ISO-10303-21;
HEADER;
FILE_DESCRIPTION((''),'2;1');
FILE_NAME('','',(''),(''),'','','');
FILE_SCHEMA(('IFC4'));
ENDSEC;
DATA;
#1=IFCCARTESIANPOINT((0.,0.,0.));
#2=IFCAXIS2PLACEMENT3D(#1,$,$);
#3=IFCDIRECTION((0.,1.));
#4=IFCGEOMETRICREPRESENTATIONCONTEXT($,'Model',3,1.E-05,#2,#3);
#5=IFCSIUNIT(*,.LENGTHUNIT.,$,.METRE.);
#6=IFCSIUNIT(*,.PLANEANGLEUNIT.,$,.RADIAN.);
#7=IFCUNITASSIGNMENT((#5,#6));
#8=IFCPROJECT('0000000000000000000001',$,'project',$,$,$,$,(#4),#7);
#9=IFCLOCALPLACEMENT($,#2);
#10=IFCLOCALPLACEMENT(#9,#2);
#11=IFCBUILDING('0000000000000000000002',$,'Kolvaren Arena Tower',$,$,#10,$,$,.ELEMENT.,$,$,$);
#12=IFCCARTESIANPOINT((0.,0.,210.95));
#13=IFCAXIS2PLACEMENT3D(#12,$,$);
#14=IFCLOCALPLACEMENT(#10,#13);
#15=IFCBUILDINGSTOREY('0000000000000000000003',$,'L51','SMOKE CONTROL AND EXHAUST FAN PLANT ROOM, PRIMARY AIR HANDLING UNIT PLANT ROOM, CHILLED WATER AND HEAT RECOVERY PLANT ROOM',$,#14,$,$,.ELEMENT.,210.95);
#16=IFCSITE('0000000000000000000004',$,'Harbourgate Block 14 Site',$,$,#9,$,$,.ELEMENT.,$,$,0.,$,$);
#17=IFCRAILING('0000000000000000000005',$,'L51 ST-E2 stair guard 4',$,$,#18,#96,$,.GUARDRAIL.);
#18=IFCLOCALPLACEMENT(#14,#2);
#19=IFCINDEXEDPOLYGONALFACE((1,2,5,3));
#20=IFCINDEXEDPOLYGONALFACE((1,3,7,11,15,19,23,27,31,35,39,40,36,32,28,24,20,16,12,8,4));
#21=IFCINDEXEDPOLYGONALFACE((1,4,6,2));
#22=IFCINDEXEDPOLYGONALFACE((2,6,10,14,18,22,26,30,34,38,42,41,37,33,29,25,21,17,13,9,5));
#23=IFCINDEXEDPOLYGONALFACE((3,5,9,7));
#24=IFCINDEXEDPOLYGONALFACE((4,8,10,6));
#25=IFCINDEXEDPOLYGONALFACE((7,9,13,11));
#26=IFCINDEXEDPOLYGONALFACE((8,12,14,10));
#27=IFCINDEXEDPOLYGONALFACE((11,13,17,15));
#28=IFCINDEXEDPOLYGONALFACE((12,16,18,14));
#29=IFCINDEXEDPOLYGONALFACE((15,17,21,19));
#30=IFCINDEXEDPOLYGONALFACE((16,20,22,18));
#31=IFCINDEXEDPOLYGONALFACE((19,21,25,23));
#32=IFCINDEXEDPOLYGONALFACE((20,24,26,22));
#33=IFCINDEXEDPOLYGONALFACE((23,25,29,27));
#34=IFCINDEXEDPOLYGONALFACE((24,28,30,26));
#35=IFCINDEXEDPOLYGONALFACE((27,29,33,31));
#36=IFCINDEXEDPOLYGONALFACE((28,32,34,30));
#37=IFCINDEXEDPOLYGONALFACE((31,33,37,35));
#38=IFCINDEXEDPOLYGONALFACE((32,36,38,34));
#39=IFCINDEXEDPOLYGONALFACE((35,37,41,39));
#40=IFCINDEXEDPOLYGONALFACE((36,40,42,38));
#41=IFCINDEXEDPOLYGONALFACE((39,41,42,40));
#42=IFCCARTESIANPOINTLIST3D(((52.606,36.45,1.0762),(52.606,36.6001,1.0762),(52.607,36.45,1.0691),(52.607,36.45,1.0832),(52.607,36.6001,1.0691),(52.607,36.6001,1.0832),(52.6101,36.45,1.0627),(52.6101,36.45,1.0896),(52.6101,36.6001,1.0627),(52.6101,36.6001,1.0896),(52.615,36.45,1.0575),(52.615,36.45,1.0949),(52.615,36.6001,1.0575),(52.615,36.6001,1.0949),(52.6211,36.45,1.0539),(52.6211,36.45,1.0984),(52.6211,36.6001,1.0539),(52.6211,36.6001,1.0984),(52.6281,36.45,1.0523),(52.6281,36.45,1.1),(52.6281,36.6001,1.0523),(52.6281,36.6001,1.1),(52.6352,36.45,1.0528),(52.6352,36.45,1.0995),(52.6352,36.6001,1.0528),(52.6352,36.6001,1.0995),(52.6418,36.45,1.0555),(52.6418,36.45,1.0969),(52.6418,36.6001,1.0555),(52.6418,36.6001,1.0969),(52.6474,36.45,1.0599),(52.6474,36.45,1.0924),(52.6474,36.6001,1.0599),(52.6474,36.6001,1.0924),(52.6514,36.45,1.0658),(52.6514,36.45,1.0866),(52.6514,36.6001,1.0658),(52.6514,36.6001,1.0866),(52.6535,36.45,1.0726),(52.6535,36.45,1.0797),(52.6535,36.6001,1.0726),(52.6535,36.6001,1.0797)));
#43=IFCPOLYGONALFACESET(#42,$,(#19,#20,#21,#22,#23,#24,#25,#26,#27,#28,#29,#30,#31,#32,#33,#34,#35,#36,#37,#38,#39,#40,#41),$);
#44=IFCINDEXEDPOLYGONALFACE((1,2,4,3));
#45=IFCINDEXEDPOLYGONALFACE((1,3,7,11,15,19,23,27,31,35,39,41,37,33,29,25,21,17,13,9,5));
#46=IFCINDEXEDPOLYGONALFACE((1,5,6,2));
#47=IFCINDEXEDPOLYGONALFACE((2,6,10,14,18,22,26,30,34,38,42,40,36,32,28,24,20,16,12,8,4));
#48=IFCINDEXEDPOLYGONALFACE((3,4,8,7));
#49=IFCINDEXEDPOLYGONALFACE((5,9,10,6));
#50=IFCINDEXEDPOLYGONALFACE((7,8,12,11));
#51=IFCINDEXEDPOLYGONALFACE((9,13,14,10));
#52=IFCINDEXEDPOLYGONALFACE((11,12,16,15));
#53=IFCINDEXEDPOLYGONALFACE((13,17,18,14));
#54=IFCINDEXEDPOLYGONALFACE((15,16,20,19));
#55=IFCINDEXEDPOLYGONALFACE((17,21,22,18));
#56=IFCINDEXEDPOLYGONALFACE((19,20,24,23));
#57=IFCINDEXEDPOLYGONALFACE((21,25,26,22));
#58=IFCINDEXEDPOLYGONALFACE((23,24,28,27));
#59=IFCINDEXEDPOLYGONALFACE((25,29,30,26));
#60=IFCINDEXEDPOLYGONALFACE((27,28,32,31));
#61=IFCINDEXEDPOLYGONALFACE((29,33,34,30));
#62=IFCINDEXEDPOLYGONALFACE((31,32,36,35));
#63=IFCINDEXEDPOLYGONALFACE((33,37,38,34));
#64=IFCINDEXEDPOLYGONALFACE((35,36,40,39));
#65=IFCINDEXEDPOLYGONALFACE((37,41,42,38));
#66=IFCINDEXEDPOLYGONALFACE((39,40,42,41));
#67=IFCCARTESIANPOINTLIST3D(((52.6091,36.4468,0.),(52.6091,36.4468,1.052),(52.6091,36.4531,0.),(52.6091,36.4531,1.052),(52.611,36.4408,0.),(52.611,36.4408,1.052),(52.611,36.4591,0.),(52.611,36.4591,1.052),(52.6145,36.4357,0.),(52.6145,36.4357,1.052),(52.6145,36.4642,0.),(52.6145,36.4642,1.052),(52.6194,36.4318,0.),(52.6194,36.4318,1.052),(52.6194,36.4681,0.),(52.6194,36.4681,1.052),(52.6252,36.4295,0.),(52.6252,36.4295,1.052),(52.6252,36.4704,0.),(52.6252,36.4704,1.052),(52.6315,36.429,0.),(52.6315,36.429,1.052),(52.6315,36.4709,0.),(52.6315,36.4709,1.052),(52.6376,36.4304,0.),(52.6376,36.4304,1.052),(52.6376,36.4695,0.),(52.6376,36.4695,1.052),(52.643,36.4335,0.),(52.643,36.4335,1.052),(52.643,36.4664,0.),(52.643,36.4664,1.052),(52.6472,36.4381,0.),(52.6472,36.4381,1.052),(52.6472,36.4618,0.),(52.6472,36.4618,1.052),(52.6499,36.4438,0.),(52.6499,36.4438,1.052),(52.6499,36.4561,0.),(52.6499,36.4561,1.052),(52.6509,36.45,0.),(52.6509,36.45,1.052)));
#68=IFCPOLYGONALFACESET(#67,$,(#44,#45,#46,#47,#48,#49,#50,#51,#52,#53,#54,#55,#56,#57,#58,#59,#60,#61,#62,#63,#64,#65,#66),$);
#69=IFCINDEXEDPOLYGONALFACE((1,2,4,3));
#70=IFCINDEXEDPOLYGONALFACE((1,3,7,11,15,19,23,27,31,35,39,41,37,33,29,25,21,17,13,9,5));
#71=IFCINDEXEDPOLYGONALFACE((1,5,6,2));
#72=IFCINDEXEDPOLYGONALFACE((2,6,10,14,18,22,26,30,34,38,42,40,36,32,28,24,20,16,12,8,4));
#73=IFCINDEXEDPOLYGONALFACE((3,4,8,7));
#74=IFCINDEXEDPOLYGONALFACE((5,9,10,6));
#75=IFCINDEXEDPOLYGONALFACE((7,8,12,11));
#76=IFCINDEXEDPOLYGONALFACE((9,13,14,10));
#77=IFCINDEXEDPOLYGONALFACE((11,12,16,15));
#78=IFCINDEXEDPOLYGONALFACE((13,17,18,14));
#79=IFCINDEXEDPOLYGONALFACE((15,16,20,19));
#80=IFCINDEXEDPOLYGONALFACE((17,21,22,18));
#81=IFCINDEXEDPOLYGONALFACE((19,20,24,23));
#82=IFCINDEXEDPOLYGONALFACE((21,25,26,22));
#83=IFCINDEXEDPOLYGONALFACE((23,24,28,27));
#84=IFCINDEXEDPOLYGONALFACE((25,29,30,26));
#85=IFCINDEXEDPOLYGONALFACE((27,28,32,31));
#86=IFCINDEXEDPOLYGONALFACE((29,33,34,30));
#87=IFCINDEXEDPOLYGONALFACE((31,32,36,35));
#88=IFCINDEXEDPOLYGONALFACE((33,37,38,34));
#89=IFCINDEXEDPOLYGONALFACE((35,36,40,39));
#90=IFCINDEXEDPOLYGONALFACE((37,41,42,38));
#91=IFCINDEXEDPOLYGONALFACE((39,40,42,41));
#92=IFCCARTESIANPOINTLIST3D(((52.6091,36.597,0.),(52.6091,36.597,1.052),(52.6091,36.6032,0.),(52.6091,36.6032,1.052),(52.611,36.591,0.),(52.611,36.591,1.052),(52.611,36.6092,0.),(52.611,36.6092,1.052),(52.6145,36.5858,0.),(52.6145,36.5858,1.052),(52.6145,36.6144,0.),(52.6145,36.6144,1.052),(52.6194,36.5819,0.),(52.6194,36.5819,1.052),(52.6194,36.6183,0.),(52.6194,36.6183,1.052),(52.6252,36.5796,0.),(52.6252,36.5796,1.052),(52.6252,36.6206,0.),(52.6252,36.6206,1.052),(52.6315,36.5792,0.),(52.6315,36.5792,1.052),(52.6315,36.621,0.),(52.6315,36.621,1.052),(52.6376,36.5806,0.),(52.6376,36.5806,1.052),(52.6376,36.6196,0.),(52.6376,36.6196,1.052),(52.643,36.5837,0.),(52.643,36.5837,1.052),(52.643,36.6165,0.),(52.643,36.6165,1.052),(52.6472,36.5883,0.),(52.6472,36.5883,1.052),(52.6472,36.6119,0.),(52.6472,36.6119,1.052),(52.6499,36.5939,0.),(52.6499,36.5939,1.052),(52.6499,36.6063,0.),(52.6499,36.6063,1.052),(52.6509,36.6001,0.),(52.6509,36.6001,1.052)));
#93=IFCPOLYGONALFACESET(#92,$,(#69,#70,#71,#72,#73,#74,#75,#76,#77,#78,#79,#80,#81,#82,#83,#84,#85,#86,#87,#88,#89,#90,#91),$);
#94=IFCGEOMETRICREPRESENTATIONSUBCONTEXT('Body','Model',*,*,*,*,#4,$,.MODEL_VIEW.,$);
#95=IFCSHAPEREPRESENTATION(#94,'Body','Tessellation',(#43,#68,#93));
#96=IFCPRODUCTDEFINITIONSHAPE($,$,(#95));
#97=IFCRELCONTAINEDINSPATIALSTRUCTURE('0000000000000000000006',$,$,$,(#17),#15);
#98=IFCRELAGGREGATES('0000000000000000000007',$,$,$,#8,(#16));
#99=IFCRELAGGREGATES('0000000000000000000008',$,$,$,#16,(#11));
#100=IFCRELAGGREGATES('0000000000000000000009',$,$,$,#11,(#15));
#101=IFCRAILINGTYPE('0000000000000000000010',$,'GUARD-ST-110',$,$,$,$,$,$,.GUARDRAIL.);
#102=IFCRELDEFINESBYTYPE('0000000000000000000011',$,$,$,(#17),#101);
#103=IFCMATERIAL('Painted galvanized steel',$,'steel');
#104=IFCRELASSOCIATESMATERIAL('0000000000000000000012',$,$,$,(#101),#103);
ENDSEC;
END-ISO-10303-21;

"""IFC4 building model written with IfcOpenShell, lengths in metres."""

from ifc_helpers import new_model, si_unit, direction, frame, origin, origin_2d, place, context, subcontext, project, spatial, circle, extrude, material, type_object, element, save


model = new_model("IFC4")

# Units and contexts
model_context = context("Model", 3, precision=1e-05, world=origin(), true_north=direction((0.0, 1.0)))
body_context = subcontext(model_context, "Body", "Model", "MODEL_VIEW")
ifc_project = project(units=[si_unit("LENGTHUNIT", "METRE"), si_unit("PLANEANGLEUNIT", "RADIAN")], contexts=[model_context])

# Site, building, storey
site_placement = place(None, origin())
site = spatial("IfcSite", under=ifc_project, at=site_placement, Name="Harbourgate Block 14 Site", CompositionType="ELEMENT", RefElevation=0.0)
building_placement = place(site_placement, origin())
building = spatial("IfcBuilding", under=site, at=building_placement, Name="Kolvaren Arena Tower", CompositionType="ELEMENT")
storey_placement = place(building_placement, frame((0.0, 0.0, 210.95)))
storey = spatial("IfcBuildingStorey", under=building, at=storey_placement, Name="L51", Description="SMOKE CONTROL AND EXHAUST FAN PLANT ROOM, PRIMARY AIR HANDLING UNIT PLANT ROOM, CHILLED WATER AND HEAT RECOVERY PLANT ROOM", CompositionType="ELEMENT", Elevation=210.95)

# Railing
ifc_material_1 = material(Name="Painted galvanized steel", Category="steel")
railing_type_1 = type_object("IfcRailingType", Name="GUARD-ST-110", PredefinedType="GUARDRAIL", material=ifc_material_1)
railing_1_placement = place(storey_placement, frame((52.6299, 36.45, 0.0)))
element("IfcRailing", 1, at=railing_1_placement, inside=storey, type_object=railing_type_1, Name="L51 ST-E2 stair guard 4", PredefinedType="GUARDRAIL", context=body_context, shape_type="SweptSolid", body=[
    extrude(circle(Radius=0.0239, at=origin_2d()), frame((0.0, 0.0, 1.0762), z_axis=(0.0, 1.0, 0.0), x_axis=(-1.0, 0.0, 0.0)), (0.0, 0.0, 1.0), 0.1501),
    extrude(circle(Radius=0.021, at=origin_2d()), origin(), (0.0, 0.0, 1.0), 1.052),
    extrude(circle(Radius=0.021, at=origin_2d()), frame((0.0, 0.1501, 0.0)), (0.0, 0.0, 1.0), 1.052),
])

save(model, "model.ifc")
